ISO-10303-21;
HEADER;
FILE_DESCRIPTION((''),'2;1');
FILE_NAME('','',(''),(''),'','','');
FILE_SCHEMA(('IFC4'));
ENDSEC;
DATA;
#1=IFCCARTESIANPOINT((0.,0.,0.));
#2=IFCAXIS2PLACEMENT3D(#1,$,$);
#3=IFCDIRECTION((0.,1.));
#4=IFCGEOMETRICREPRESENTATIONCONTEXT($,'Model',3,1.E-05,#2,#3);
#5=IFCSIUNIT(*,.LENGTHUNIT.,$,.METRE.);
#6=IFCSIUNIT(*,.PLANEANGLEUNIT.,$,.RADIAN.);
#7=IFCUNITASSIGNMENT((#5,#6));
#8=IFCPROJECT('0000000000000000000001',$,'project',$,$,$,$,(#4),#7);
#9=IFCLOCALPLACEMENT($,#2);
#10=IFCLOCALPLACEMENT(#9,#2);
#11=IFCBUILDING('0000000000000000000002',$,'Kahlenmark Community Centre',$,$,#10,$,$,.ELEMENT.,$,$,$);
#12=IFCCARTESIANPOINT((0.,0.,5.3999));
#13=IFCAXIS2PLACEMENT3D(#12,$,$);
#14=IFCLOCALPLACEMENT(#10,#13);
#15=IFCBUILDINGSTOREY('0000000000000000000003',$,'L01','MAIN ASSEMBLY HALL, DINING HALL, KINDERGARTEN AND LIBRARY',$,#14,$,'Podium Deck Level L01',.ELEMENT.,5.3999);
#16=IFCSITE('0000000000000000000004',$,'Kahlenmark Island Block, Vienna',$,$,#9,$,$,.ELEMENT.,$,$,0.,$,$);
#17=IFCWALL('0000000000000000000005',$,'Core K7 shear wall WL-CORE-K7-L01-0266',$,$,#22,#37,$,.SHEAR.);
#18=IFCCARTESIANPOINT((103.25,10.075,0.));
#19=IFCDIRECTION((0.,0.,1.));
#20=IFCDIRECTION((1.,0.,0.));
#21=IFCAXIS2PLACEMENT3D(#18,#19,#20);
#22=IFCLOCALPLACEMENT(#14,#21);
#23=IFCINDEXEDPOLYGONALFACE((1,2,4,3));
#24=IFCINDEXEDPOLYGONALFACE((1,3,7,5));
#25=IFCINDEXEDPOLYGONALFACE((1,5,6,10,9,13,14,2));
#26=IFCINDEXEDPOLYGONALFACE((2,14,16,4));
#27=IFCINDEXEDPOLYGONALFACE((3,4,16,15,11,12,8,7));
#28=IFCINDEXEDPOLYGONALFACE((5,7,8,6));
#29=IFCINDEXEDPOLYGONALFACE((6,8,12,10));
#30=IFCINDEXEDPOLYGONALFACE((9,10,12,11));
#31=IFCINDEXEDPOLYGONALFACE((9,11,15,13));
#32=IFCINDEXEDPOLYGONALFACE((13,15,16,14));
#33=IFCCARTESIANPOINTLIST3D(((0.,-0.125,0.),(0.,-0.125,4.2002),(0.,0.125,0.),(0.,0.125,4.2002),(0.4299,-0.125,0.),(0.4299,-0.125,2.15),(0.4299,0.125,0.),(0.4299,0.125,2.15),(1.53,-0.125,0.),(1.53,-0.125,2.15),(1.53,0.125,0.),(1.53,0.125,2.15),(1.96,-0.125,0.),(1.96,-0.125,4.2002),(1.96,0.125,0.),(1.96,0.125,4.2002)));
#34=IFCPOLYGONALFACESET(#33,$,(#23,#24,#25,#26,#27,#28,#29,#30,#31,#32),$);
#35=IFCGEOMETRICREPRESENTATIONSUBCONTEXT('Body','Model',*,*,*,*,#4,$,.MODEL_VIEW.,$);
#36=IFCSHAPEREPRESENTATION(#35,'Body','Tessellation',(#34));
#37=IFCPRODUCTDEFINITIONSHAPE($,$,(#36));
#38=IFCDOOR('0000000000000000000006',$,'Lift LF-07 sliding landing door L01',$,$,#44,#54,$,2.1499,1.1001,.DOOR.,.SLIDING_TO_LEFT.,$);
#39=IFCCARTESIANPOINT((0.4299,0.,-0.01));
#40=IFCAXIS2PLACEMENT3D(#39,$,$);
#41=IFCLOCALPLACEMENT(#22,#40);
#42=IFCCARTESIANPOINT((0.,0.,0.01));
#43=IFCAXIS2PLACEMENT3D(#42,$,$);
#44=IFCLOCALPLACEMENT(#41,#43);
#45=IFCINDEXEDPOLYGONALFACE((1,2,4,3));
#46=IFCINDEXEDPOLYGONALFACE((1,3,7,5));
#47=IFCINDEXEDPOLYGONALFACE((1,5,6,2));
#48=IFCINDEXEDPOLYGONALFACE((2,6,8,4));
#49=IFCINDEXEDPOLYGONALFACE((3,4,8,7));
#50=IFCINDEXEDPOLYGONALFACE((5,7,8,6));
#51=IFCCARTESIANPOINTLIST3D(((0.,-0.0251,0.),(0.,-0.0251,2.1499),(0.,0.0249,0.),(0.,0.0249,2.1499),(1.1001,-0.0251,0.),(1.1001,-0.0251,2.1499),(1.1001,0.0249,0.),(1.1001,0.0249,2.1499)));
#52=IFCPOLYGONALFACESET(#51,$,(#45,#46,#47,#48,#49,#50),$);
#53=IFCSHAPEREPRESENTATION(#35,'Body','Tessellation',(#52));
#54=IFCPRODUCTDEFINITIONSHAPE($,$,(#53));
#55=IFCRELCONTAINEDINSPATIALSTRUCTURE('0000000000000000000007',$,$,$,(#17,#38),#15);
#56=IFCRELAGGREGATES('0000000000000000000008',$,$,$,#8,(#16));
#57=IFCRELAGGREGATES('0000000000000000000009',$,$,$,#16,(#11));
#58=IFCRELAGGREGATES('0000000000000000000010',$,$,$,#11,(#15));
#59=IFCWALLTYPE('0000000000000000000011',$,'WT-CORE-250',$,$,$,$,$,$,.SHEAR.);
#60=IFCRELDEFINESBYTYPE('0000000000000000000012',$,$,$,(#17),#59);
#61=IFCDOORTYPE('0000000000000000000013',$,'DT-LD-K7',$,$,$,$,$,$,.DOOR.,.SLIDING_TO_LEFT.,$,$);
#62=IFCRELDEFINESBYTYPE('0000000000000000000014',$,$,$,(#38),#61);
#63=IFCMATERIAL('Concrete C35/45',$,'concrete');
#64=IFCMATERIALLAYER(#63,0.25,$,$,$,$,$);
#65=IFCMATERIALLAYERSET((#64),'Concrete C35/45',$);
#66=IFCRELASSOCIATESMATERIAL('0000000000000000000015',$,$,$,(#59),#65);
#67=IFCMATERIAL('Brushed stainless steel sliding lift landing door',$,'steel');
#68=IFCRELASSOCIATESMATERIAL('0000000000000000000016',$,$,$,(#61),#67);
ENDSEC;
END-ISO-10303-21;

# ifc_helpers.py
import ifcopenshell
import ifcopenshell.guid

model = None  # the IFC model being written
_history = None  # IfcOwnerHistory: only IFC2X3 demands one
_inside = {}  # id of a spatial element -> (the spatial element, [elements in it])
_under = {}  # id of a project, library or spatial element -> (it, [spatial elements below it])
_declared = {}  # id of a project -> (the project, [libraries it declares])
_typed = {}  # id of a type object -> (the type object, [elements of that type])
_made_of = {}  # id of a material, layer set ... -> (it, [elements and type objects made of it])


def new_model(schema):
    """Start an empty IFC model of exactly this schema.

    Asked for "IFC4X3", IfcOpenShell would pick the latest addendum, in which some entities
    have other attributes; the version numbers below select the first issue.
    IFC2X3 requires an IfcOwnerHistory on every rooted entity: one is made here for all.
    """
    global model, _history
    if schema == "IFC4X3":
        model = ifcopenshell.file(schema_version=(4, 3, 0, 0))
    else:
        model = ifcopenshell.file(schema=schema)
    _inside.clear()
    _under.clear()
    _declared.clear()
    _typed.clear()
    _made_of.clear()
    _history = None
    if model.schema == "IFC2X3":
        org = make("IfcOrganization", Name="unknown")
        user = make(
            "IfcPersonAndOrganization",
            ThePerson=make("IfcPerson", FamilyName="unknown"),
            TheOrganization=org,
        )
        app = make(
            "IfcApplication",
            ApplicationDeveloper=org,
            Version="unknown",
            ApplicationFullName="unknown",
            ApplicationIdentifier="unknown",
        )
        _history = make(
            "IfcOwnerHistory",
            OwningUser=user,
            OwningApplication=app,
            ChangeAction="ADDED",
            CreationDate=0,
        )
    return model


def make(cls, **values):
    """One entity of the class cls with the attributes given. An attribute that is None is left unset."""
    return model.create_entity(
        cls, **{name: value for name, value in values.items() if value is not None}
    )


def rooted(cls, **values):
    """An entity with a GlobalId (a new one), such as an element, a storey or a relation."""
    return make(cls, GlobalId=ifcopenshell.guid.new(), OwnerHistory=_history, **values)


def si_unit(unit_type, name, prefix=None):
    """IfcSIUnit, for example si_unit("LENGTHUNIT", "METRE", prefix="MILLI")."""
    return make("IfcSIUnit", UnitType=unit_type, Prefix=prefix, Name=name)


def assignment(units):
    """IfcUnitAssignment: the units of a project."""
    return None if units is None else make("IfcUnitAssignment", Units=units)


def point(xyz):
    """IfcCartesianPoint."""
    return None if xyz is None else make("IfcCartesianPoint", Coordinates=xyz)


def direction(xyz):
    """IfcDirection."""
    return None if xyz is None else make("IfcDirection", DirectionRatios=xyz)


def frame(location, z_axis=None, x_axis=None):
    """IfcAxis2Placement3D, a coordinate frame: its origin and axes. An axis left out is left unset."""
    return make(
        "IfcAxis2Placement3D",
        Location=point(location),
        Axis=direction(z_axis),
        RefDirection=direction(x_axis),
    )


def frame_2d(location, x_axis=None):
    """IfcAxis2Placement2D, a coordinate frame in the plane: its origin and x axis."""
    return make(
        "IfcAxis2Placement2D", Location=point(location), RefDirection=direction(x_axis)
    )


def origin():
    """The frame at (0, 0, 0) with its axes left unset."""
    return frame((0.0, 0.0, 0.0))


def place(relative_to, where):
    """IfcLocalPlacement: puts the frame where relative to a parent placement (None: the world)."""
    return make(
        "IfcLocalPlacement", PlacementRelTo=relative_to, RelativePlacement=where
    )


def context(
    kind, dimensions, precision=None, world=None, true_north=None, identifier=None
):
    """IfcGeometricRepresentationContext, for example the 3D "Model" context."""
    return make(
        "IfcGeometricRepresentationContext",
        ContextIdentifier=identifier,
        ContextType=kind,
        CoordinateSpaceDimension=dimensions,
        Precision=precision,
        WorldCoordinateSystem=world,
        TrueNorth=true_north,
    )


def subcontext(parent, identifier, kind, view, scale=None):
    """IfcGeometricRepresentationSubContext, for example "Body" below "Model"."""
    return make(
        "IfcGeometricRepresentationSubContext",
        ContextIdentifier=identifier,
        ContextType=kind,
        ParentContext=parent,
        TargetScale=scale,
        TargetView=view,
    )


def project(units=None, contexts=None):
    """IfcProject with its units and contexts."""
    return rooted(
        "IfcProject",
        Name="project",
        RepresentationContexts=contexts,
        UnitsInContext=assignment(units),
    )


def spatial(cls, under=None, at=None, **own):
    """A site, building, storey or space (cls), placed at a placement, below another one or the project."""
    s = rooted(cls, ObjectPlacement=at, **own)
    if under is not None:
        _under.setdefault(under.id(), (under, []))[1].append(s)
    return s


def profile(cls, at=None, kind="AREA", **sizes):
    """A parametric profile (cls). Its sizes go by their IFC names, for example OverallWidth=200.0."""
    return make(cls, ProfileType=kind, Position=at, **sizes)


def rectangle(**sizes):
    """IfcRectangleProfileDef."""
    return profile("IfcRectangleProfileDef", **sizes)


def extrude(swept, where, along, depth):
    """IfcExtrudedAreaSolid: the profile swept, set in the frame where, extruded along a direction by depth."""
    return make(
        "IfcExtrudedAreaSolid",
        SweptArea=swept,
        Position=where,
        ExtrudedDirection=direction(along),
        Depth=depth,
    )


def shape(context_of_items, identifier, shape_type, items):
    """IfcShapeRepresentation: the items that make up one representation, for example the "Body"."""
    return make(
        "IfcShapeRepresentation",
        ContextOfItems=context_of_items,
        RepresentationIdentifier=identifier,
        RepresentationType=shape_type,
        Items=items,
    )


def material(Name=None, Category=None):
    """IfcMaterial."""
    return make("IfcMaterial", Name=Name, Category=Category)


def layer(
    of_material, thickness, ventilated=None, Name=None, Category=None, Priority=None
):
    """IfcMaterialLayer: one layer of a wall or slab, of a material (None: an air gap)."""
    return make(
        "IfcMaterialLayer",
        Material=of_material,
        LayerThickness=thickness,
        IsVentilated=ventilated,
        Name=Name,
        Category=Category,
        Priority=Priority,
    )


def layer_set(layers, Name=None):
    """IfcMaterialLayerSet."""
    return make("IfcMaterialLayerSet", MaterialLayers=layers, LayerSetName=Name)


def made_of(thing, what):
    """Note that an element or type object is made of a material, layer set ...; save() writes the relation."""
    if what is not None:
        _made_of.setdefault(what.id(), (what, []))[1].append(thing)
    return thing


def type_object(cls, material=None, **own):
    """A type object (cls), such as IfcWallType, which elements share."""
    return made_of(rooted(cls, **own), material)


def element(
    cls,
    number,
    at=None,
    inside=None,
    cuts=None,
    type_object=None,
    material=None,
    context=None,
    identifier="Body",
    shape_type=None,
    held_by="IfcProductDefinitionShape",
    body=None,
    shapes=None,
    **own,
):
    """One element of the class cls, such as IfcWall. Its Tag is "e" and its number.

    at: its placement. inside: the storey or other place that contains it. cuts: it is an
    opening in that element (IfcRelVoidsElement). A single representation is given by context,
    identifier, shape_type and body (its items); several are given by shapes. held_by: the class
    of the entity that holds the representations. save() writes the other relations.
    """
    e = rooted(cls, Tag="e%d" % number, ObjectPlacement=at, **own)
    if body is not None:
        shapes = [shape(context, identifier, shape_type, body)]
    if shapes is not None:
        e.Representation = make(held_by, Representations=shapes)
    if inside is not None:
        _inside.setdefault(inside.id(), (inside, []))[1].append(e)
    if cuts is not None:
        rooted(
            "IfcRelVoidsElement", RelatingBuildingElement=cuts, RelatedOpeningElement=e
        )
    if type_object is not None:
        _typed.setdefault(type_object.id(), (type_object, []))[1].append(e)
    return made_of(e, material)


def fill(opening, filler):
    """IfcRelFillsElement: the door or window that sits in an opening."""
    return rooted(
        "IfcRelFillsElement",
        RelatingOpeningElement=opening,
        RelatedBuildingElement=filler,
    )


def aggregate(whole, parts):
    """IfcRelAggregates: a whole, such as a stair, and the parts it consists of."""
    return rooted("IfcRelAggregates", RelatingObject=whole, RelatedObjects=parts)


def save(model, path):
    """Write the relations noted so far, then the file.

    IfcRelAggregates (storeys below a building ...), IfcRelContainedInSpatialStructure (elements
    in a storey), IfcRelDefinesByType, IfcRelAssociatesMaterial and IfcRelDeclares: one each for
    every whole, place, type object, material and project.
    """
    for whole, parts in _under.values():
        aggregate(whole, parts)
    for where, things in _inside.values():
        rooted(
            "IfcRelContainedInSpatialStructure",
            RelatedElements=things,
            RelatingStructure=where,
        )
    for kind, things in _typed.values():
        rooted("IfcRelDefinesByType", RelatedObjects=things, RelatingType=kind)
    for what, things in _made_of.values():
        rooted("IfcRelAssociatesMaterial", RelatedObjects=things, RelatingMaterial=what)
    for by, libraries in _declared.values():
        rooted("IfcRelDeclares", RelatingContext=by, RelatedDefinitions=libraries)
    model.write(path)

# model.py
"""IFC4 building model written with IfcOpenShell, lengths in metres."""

from ifc_helpers import new_model, si_unit, direction, frame, frame_2d, origin, place, context, subcontext, project, spatial, rectangle, extrude, material, layer, layer_set, type_object, element, fill, save


model = new_model("IFC4")

# Units and contexts
model_context = context("Model", 3, precision=1e-05, world=origin(), true_north=direction((0.0, 1.0)))
body_context = subcontext(model_context, "Body", "Model", "MODEL_VIEW")
ifc_project = project(units=[si_unit("LENGTHUNIT", "METRE"), si_unit("PLANEANGLEUNIT", "RADIAN")], contexts=[model_context])

# Site, building, storey
site_placement = place(None, origin())
site = spatial("IfcSite", under=ifc_project, at=site_placement, Name="Kahlenmark Island Block, Vienna", CompositionType="ELEMENT", RefElevation=0.0)
building_placement = place(site_placement, origin())
building = spatial("IfcBuilding", under=site, at=building_placement, Name="Kahlenmark Community Centre", CompositionType="ELEMENT")
storey_placement = place(building_placement, frame((0.0, 0.0, 5.3999)))
storey = spatial("IfcBuildingStorey", under=building, at=storey_placement, Name="L01", Description="MAIN ASSEMBLY HALL, DINING HALL, KINDERGARTEN AND LIBRARY", LongName="Podium Deck Level L01", CompositionType="ELEMENT", Elevation=5.3999)

# Shared definitions
ifc_material_1 = material(Name="Concrete C35/45", Category="concrete")
ifc_layer_1 = layer(ifc_material_1, 0.25)
ifc_layer_set_1 = layer_set([ifc_layer_1], Name="Concrete C35/45")
wall_type_1 = type_object("IfcWallType", Name="WT-CORE-250", PredefinedType="SHEAR", material=ifc_layer_set_1)

# Wall, opening, door
wall_1_placement = place(storey_placement, frame((103.25, 10.075, 0.0), z_axis=(0.0, 0.0, 1.0), x_axis=(1.0, 0.0, 0.0)))
wall_1 = element("IfcWall", 1, at=wall_1_placement, inside=storey, type_object=wall_type_1, Name="Core K7 shear wall WL-CORE-K7-L01-0266", PredefinedType="SHEAR", context=body_context, shape_type="SweptSolid", body=[
    extrude(rectangle(XDim=1.96, YDim=0.25, at=frame_2d((0.98, 0.0))), origin(), (0.0, 0.0, 1.0), 4.2002),
])
opening_1_placement = place(wall_1_placement, frame((0.4299, 0.0, -0.01)))
opening_1 = element("IfcOpeningElement", 2, at=opening_1_placement, cuts=wall_1, PredefinedType="OPENING", context=body_context, shape_type="SweptSolid", body=[
    extrude(rectangle(XDim=1.1001, YDim=2.1599, at=frame_2d((0.55, 1.0801))), frame((0.0, 0.135, 0.0), z_axis=(0.0, -1.0, 0.0), x_axis=(1.0, 0.0, 0.0)), (0.0, 0.0, 1.0), 0.27),
])
ifc_material_2 = material(Name="Brushed stainless steel sliding lift landing door", Category="steel")
door_type_1 = type_object("IfcDoorType", Name="DT-LD-K7", OperationType="SLIDING_TO_LEFT", PredefinedType="DOOR", material=ifc_material_2)
door_1_placement = place(opening_1_placement, frame((0.0, 0.0, 0.01)))
door_1 = element("IfcDoor", 3, at=door_1_placement, inside=storey, type_object=door_type_1, Name="Lift LF-07 sliding landing door L01", OperationType="SLIDING_TO_LEFT", OverallHeight=2.1499, OverallWidth=1.1001, PredefinedType="DOOR", context=body_context, shape_type="SweptSolid", body=[
    extrude(rectangle(XDim=1.1001, YDim=2.1499, at=frame_2d((0.55, 1.075))), frame((0.0, 0.0249, 0.0), z_axis=(0.0, -1.0, 0.0), x_axis=(1.0, 0.0, 0.0)), (0.0, 0.0, 1.0), 0.05),
])
fill(opening_1, door_1)

save(model, "model.ifc")
